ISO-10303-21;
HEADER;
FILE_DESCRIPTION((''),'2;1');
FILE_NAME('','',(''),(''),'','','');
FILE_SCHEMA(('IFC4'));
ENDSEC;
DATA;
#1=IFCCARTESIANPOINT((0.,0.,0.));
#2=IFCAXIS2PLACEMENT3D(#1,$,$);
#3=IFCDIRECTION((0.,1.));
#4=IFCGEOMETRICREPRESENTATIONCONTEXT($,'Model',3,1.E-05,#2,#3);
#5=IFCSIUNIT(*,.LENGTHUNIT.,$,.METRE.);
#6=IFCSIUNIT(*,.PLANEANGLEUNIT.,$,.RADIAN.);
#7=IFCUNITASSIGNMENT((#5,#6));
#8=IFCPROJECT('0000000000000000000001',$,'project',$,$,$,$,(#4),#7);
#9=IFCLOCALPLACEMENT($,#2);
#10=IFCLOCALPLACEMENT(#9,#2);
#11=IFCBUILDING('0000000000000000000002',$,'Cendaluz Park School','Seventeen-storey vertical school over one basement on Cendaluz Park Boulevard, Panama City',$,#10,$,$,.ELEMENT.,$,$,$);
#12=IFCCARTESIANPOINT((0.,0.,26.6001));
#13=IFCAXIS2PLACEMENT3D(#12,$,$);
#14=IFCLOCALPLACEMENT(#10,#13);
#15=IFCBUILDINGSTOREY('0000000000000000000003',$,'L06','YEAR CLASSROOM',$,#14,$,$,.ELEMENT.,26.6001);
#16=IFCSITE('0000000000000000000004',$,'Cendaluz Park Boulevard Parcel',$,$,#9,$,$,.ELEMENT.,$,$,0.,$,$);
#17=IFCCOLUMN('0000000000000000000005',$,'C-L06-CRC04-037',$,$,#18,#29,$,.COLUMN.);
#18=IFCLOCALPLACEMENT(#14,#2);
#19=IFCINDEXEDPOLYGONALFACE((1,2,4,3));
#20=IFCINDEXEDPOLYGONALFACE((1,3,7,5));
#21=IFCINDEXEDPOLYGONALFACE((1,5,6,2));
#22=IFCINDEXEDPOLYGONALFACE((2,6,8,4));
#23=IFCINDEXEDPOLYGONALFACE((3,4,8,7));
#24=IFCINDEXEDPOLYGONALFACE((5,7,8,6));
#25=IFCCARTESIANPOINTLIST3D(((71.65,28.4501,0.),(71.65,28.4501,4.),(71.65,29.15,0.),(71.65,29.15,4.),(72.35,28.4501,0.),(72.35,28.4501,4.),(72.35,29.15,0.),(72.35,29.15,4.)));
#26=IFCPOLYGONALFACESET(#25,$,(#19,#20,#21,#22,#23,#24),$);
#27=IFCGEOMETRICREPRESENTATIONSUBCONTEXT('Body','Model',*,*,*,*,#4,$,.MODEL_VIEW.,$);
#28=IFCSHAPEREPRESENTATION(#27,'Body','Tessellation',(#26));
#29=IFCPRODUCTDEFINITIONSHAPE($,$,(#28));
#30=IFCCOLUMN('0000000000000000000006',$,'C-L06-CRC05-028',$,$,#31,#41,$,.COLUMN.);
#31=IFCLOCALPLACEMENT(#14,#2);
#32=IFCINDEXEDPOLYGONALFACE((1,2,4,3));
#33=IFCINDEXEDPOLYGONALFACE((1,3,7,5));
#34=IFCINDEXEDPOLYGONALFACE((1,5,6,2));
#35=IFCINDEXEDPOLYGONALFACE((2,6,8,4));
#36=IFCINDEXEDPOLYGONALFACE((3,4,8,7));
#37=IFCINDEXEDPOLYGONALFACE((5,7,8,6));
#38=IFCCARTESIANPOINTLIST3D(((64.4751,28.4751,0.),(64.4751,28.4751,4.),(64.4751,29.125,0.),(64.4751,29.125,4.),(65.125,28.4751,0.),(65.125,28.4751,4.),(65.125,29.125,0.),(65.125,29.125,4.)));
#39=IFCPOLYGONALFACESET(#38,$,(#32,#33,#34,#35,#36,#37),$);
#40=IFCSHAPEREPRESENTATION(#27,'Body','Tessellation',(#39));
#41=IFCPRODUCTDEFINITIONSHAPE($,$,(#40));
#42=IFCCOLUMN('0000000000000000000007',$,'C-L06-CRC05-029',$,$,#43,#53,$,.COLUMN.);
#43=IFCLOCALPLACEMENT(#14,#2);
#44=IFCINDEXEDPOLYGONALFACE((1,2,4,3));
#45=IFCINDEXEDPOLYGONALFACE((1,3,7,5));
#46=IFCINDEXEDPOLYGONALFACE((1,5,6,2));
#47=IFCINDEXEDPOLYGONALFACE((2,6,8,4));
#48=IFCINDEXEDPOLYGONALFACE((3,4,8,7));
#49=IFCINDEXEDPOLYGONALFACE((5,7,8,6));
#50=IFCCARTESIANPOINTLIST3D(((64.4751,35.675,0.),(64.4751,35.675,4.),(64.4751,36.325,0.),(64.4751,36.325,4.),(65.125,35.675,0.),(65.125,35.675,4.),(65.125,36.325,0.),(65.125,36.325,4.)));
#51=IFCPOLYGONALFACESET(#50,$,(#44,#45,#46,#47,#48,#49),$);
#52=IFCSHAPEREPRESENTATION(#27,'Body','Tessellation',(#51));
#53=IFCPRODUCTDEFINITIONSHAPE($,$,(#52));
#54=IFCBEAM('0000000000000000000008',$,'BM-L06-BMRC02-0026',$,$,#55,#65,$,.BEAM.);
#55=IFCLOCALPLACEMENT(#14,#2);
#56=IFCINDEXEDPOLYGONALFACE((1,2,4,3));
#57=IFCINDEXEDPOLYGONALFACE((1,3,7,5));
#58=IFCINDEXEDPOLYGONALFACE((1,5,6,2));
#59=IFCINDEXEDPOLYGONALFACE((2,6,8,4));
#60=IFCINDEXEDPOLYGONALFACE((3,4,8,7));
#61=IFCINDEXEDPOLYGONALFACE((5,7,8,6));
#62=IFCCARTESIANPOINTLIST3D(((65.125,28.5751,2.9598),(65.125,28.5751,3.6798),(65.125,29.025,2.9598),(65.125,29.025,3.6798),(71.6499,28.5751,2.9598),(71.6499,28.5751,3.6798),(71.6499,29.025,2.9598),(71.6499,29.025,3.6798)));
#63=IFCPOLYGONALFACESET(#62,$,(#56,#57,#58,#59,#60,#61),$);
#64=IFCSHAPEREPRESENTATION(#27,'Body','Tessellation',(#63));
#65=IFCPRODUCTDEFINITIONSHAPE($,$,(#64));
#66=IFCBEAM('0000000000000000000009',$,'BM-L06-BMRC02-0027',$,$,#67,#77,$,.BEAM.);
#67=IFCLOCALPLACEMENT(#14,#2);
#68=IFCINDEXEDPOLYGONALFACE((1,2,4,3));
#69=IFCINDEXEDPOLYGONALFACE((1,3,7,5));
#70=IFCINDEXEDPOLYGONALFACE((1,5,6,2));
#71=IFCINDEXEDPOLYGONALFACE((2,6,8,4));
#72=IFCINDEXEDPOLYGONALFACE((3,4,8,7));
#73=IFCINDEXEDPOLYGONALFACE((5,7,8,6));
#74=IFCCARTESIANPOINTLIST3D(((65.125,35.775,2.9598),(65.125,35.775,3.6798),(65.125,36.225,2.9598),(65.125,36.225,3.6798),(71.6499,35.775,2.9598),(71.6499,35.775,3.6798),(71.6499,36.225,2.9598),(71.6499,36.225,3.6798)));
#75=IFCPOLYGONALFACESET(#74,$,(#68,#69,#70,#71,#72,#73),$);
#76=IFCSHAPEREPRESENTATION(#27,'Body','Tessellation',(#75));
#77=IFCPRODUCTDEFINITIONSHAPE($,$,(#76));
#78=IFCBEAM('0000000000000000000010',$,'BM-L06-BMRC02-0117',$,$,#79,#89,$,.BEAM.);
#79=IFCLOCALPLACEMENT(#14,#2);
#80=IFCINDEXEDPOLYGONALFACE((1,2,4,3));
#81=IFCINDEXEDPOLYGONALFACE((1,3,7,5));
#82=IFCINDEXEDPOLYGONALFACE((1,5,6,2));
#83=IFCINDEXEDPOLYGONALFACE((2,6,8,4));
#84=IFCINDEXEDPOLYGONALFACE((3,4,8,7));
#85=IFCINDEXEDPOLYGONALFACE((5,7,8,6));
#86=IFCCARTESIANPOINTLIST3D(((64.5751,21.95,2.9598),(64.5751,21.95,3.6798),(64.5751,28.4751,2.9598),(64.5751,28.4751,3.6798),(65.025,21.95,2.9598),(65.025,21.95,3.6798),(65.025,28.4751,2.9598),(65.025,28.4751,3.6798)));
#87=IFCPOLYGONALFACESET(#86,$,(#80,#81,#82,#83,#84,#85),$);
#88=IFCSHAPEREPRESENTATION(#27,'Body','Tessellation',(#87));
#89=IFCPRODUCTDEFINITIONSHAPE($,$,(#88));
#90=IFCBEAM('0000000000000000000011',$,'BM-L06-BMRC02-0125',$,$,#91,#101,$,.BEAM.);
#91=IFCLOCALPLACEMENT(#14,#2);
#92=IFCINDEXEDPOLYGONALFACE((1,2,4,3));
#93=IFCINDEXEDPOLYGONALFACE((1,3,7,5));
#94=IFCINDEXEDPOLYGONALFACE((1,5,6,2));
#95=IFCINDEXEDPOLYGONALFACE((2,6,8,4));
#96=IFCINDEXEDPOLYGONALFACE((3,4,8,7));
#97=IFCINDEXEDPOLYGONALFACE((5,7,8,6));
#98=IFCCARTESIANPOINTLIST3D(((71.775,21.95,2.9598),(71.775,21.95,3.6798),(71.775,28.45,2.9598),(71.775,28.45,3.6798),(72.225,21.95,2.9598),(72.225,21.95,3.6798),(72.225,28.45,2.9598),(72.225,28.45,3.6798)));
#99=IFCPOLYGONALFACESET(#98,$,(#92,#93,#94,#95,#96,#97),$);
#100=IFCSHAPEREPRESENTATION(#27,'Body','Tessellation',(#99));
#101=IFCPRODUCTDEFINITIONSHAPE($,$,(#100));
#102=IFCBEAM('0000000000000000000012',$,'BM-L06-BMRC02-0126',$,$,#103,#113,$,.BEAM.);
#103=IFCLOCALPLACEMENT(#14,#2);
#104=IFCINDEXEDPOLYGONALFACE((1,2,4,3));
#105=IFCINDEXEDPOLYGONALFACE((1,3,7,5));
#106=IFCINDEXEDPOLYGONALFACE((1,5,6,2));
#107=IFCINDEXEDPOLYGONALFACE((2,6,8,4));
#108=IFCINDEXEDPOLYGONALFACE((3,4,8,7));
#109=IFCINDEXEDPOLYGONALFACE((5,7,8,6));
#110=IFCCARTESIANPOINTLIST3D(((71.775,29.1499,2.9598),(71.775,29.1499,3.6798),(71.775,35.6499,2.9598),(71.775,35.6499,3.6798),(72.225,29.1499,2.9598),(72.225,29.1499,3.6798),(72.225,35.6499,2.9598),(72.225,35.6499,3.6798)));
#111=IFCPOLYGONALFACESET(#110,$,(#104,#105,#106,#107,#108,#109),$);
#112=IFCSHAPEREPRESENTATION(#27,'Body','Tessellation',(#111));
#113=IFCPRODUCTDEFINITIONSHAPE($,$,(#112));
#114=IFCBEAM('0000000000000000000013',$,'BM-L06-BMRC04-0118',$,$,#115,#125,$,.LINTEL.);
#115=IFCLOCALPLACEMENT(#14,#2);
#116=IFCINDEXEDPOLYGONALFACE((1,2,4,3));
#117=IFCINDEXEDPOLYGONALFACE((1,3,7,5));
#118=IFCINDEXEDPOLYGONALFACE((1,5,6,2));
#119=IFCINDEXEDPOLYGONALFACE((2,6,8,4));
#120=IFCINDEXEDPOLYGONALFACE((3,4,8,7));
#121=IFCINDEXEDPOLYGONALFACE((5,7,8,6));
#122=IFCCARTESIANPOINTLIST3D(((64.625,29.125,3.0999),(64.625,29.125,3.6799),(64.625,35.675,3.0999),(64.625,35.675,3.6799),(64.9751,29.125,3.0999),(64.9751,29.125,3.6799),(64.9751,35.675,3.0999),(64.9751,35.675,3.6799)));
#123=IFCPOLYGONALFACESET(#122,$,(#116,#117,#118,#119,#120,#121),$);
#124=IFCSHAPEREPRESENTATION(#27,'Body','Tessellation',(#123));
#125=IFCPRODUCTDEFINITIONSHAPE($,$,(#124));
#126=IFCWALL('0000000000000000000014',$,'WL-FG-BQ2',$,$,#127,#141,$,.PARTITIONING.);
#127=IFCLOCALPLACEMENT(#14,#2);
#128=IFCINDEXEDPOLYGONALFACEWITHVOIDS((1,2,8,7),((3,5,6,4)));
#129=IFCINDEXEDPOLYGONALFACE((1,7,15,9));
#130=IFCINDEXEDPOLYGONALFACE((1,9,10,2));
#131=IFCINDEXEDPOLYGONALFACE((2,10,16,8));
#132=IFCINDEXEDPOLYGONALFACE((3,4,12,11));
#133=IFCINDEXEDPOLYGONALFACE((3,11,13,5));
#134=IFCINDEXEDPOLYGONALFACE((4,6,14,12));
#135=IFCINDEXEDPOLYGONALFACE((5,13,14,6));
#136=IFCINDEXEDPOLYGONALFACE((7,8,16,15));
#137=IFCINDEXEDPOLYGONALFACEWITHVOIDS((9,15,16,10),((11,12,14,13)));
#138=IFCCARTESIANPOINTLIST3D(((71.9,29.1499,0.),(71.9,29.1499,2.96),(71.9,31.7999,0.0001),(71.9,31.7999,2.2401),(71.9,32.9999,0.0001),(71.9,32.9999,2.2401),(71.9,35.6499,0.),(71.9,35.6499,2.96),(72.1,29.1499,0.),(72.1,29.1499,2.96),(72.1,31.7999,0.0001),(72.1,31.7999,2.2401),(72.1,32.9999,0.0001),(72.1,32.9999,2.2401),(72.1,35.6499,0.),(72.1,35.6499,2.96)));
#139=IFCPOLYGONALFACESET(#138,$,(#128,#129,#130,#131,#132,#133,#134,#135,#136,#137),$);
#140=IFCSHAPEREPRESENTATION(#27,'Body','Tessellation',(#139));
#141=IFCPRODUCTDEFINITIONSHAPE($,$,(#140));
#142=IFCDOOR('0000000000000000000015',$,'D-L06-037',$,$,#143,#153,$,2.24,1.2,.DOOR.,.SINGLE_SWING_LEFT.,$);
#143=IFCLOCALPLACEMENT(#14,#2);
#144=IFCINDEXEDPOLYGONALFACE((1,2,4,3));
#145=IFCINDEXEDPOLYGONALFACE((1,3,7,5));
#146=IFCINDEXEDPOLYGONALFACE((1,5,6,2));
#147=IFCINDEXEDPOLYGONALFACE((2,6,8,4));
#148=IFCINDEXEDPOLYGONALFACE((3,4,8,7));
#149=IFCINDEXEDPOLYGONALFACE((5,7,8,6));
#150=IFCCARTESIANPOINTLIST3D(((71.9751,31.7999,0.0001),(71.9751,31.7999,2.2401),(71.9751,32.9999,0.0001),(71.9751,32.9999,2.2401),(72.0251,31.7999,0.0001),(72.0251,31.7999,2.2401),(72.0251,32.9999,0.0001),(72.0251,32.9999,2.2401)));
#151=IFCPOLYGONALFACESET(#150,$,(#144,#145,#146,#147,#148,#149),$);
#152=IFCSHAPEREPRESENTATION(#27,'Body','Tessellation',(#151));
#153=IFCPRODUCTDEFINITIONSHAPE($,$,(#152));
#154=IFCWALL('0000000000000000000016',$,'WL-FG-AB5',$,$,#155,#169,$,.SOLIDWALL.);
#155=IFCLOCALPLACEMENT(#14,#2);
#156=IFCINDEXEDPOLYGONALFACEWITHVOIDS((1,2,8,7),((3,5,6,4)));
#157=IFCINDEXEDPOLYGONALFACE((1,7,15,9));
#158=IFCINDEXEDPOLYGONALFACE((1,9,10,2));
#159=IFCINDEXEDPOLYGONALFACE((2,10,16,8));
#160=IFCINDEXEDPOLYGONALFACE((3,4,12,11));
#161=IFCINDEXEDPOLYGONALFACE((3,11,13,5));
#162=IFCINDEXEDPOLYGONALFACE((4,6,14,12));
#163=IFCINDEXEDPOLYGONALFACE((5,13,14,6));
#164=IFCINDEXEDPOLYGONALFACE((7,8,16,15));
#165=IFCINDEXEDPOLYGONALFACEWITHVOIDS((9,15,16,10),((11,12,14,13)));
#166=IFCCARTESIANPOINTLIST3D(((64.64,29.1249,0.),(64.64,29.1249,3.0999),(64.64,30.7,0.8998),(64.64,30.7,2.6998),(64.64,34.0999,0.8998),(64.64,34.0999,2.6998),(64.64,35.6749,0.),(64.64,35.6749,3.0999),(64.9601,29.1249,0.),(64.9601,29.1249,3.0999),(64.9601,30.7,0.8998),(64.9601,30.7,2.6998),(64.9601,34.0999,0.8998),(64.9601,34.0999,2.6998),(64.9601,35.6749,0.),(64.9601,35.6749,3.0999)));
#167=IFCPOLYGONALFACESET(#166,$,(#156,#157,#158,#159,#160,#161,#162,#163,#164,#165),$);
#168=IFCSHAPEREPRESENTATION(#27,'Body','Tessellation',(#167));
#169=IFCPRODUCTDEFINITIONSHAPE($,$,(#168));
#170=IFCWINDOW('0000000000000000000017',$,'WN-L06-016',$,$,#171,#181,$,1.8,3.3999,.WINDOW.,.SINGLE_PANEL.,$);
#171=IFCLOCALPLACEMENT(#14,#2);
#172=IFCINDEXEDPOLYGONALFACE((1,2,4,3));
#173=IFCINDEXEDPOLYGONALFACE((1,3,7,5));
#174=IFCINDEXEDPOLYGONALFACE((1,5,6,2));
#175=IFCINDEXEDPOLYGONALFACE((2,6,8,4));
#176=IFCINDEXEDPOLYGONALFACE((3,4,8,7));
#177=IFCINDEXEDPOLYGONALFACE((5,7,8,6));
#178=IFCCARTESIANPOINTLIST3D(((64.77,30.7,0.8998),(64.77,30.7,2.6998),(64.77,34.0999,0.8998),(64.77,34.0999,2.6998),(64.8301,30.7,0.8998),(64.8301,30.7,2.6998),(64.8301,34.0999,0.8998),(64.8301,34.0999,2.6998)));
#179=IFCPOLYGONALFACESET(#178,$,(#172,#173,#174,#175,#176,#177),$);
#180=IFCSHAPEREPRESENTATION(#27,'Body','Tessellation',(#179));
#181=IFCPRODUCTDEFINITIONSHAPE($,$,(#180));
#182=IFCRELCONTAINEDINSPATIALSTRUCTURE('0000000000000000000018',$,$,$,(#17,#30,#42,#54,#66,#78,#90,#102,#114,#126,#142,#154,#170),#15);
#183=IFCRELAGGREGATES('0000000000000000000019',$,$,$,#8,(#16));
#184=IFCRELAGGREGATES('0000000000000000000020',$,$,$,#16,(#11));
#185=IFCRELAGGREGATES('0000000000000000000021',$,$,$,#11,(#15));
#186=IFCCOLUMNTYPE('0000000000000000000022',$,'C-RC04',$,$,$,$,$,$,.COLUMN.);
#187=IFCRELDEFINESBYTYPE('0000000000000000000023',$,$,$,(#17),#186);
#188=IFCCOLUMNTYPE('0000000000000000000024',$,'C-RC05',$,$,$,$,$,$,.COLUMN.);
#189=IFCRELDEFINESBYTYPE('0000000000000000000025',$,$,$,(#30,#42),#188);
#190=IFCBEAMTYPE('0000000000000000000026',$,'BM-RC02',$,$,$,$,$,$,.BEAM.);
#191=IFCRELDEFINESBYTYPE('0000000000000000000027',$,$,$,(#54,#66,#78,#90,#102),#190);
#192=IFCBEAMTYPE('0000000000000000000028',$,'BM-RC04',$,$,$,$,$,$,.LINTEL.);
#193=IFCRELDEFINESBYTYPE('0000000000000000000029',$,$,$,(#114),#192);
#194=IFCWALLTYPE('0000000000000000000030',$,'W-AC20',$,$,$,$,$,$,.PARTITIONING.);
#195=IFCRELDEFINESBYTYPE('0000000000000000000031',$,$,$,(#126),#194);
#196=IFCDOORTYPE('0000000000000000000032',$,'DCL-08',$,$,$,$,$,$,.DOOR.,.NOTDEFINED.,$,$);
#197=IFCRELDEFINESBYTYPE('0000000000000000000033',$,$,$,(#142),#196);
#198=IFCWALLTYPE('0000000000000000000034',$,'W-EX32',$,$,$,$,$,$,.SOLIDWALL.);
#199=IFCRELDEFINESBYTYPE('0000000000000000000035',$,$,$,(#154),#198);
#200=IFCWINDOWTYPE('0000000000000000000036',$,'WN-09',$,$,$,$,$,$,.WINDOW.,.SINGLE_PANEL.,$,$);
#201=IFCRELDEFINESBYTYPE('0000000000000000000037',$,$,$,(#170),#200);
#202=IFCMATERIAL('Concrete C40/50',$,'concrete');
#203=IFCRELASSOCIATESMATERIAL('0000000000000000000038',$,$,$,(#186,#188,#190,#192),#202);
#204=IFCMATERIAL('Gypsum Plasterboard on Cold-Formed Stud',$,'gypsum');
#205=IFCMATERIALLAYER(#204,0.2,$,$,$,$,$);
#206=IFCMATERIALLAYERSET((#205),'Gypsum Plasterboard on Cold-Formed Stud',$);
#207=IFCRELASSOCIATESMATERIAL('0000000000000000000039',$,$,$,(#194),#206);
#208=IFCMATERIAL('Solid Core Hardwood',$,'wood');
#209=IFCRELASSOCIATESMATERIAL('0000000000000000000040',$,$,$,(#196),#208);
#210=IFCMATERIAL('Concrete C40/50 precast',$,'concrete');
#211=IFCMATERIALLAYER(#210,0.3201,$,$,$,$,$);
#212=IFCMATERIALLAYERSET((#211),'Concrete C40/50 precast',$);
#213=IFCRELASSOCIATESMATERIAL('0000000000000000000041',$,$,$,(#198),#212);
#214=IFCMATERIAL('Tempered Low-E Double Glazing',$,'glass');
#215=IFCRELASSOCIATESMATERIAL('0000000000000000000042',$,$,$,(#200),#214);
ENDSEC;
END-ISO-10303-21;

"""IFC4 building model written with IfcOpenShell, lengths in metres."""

from ifc_helpers import new_model, si_unit, direction, frame, frame_2d, origin, origin_2d, place, context, subcontext, project, spatial, rectangle, extrude, material, layer, layer_set, material_profile, profile_set, type_object, element, fill, save


model = new_model("IFC4")

# Units and contexts
model_context = context("Model", 3, precision=1e-05, world=origin(), true_north=direction((0.0, 1.0)))
body_context = subcontext(model_context, "Body", "Model", "MODEL_VIEW")
ifc_project = project(units=[si_unit("LENGTHUNIT", "METRE"), si_unit("PLANEANGLEUNIT", "RADIAN")], contexts=[model_context])

# Site, building, storey
site_placement = place(None, origin())
site = spatial("IfcSite", under=ifc_project, at=site_placement, Name="Cendaluz Park Boulevard Parcel", CompositionType="ELEMENT", RefElevation=0.0)
building_placement = place(site_placement, origin())
building = spatial("IfcBuilding", under=site, at=building_placement, Name="Cendaluz Park School", Description="Seventeen-storey vertical school over one basement on Cendaluz Park Boulevard, Panama City", CompositionType="ELEMENT")
storey_placement = place(building_placement, frame((0.0, 0.0, 26.6001)))
storey = spatial("IfcBuildingStorey", under=building, at=storey_placement, Name="L06", Description="YEAR CLASSROOM", CompositionType="ELEMENT", Elevation=26.6001)

# Columns
ifc_material_1 = material(Name="Concrete C40/50", Category="concrete")
ifc_material_profile_1 = material_profile(ifc_material_1, rectangle(XDim=0.7, YDim=0.7, at=origin_2d()), Name="RC 700x700", Category="concrete")
ifc_profile_set_1 = profile_set([ifc_material_profile_1], Name="Concrete C40/50")
column_type_1 = type_object("IfcColumnType", Name="C-RC04", PredefinedType="COLUMN", material=ifc_profile_set_1)
column_placement = place(storey_placement, frame((72.0, 28.8, 0.0), z_axis=(0.0, 0.0, 1.0), x_axis=(1.0, 0.0, 0.0)))
element("IfcColumn", 1, at=column_placement, inside=storey, type_object=column_type_1, Name="C-L06-CRC04-037", PredefinedType="COLUMN", context=body_context, shape_type="SweptSolid", body=[
    extrude(rectangle(XDim=0.7, YDim=0.7, at=origin_2d()), origin(), (0.0, 0.0, 1.0), 4.0),
])
ifc_material_profile_2 = material_profile(ifc_material_1, rectangle(XDim=0.6499, YDim=0.6499, at=origin_2d()), Name="RC 650x650", Category="concrete")
ifc_profile_set_2 = profile_set([ifc_material_profile_2], Name="Concrete C40/50")
column_type_2 = type_object("IfcColumnType", Name="C-RC05", PredefinedType="COLUMN", material=ifc_profile_set_2)
for number, where, z_axis, x_axis, name in (
    (2, (64.8, 28.8, 0.0), (0.0, 0.0, 1.0), (1.0, 0.0, 0.0), "C-L06-CRC05-028"),
    (3, (64.8, 36.0, 0.0), (0.0, 0.0, 1.0), (1.0, 0.0, 0.0), "C-L06-CRC05-029"),
):
    element("IfcColumn", number, at=place(storey_placement, frame(where, z_axis=z_axis, x_axis=x_axis)), inside=storey, type_object=column_type_2, Name=name, PredefinedType="COLUMN", context=body_context, shape_type="SweptSolid", body=[
        extrude(rectangle(XDim=0.6499, YDim=0.6499, at=origin_2d()), origin(), (0.0, 0.0, 1.0), 4.0),
    ])

# Beams
ifc_material_profile_3 = material_profile(ifc_material_1, rectangle(XDim=0.45, YDim=0.72, at=origin_2d()), Name="RC 450x720", Category="concrete")
ifc_profile_set_3 = profile_set([ifc_material_profile_3], Name="Concrete C40/50")
beam_type_1 = type_object("IfcBeamType", Name="BM-RC02", PredefinedType="BEAM", material=ifc_profile_set_3)
for number, where, z_axis, x_axis, name in (
    (4, (65.125, 28.8, 3.3198), (1.0, 0.0, 0.0), (0.0, 1.0, 0.0), "BM-L06-BMRC02-0026"),
    (5, (65.125, 36.0, 3.3198), (1.0, 0.0, 0.0), (0.0, 1.0, 0.0), "BM-L06-BMRC02-0027"),
):
    element("IfcBeam", number, at=place(storey_placement, frame(where, z_axis=z_axis, x_axis=x_axis)), inside=storey, type_object=beam_type_1, Name=name, PredefinedType="BEAM", context=body_context, shape_type="SweptSolid", body=[
        extrude(rectangle(XDim=0.45, YDim=0.72, at=origin_2d()), origin(), (0.0, 0.0, 1.0), 6.5249),
    ])
beam_1_placement = place(storey_placement, frame((64.8, 21.95, 3.3198), z_axis=(0.0, 1.0, 0.0), x_axis=(-1.0, 0.0, 0.0)))
element("IfcBeam", 6, at=beam_1_placement, inside=storey, type_object=beam_type_1, Name="BM-L06-BMRC02-0117", PredefinedType="BEAM", context=body_context, shape_type="SweptSolid", body=[
    extrude(rectangle(XDim=0.45, YDim=0.72, at=origin_2d()), origin(), (0.0, 0.0, 1.0), 6.5251),
])
for number, where, z_axis, x_axis, name in (
    (7, (72.0, 21.95, 3.3198), (0.0, 1.0, 0.0), (-1.0, 0.0, 0.0), "BM-L06-BMRC02-0125"),
    (8, (72.0, 29.1499, 3.3198), (0.0, 1.0, 0.0), (-1.0, 0.0, 0.0), "BM-L06-BMRC02-0126"),
):
    element("IfcBeam", number, at=place(storey_placement, frame(where, z_axis=z_axis, x_axis=x_axis)), inside=storey, type_object=beam_type_1, Name=name, PredefinedType="BEAM", context=body_context, shape_type="SweptSolid", body=[
        extrude(rectangle(XDim=0.45, YDim=0.72, at=origin_2d()), origin(), (0.0, 0.0, 1.0), 6.5),
    ])
ifc_material_profile_4 = material_profile(ifc_material_1, rectangle(XDim=0.3501, YDim=0.5801, at=origin_2d()), Name="RC 350x580", Category="concrete")
ifc_profile_set_4 = profile_set([ifc_material_profile_4], Name="Concrete C40/50")
beam_type_2 = type_object("IfcBeamType", Name="BM-RC04", PredefinedType="LINTEL", material=ifc_profile_set_4)
beam_2_placement = place(storey_placement, frame((64.8, 29.125, 3.3899), z_axis=(0.0, 1.0, 0.0), x_axis=(-1.0, 0.0, 0.0)))
element("IfcBeam", 9, at=beam_2_placement, inside=storey, type_object=beam_type_2, Name="BM-L06-BMRC04-0118", PredefinedType="LINTEL", context=body_context, shape_type="SweptSolid", body=[
    extrude(rectangle(XDim=0.3501, YDim=0.5801, at=origin_2d()), origin(), (0.0, 0.0, 1.0), 6.55),
])

# Wall, opening, door
ifc_material_2 = material(Name="Gypsum Plasterboard on Cold-Formed Stud", Category="gypsum")
ifc_layer_1 = layer(ifc_material_2, 0.2)
ifc_layer_set_1 = layer_set([ifc_layer_1], Name="Gypsum Plasterboard on Cold-Formed Stud")
wall_type_1 = type_object("IfcWallType", Name="W-AC20", PredefinedType="PARTITIONING", material=ifc_layer_set_1)
wall_1_placement = place(storey_placement, frame((72.0, 29.1499, 0.0), z_axis=(0.0, 0.0, 1.0), x_axis=(0.0, 1.0, 0.0)))
wall_1 = element("IfcWall", 10, at=wall_1_placement, inside=storey, type_object=wall_type_1, Name="WL-FG-BQ2", PredefinedType="PARTITIONING", context=body_context, shape_type="SweptSolid", body=[
    extrude(rectangle(XDim=6.5, YDim=0.2, at=frame_2d((3.25, 0.0))), origin(), (0.0, 0.0, 1.0), 2.96),
])
opening_1_placement = place(wall_1_placement, frame((2.6499, 0.0, 0.0)))
opening_1 = element("IfcOpeningElement", 11, at=opening_1_placement, cuts=wall_1, PredefinedType="OPENING", context=body_context, shape_type="SweptSolid", body=[
    extrude(rectangle(XDim=1.2, YDim=2.24, at=frame_2d((0.6001, 1.1201))), frame((0.0, 0.1121, 0.0), z_axis=(0.0, -1.0, 0.0), x_axis=(1.0, 0.0, 0.0)), (0.0, 0.0, 1.0), 0.2239),
])
ifc_material_3 = material(Name="Solid Core Hardwood", Category="wood")
door_type_1 = type_object("IfcDoorType", Name="DCL-08", OperationType="NOTDEFINED", PredefinedType="DOOR", material=ifc_material_3)
door_1_placement = place(opening_1_placement, origin())
door_1 = element("IfcDoor", 12, at=door_1_placement, inside=storey, type_object=door_type_1, Name="D-L06-037", OperationType="SINGLE_SWING_LEFT", OverallHeight=2.24, OverallWidth=1.2, PredefinedType="DOOR", context=body_context, shape_type="SweptSolid", body=[
    extrude(rectangle(XDim=1.2, YDim=2.24, at=frame_2d((0.6001, 1.1201))), frame((0.0, 0.0249, 0.0), z_axis=(0.0, -1.0, 0.0), x_axis=(1.0, 0.0, 0.0)), (0.0, 0.0, 1.0), 0.05),
])
fill(opening_1, door_1)

# Wall, opening, window
ifc_material_4 = material(Name="Concrete C40/50 precast", Category="concrete")
ifc_layer_2 = layer(ifc_material_4, 0.3201)
ifc_layer_set_2 = layer_set([ifc_layer_2], Name="Concrete C40/50 precast")
wall_type_2 = type_object("IfcWallType", Name="W-EX32", PredefinedType="SOLIDWALL", material=ifc_layer_set_2)
wall_2_placement = place(storey_placement, frame((64.8, 29.125, 0.0), z_axis=(0.0, 0.0, 1.0), x_axis=(0.0, 1.0, 0.0)))
wall_2 = element("IfcWall", 13, at=wall_2_placement, inside=storey, type_object=wall_type_2, Name="WL-FG-AB5", PredefinedType="SOLIDWALL", context=body_context, shape_type="SweptSolid", body=[
    extrude(rectangle(XDim=6.55, YDim=0.3201, at=frame_2d((3.2749, 0.0))), origin(), (0.0, 0.0, 1.0), 3.0999),
])
opening_2_placement = place(wall_2_placement, frame((1.575, 0.0, 0.8999)))
opening_2 = element("IfcOpeningElement", 14, at=opening_2_placement, cuts=wall_2, PredefinedType="OPENING", context=body_context, shape_type="SweptSolid", body=[
    extrude(rectangle(XDim=3.3999, YDim=1.8, at=frame_2d((1.7, 0.8999))), frame((0.0, 0.1721, 0.0), z_axis=(0.0, -1.0, 0.0), x_axis=(1.0, 0.0, 0.0)), (0.0, 0.0, 1.0), 0.344),
])
ifc_material_5 = material(Name="Tempered Low-E Double Glazing", Category="glass")
window_type = type_object("IfcWindowType", Name="WN-09", PartitioningType="SINGLE_PANEL", PredefinedType="WINDOW", material=ifc_material_5)
window_placement = place(opening_2_placement, origin())
window = element("IfcWindow", 15, at=window_placement, inside=storey, type_object=window_type, Name="WN-L06-016", OverallHeight=1.8, OverallWidth=3.3999, PartitioningType="SINGLE_PANEL", PredefinedType="WINDOW", context=body_context, shape_type="SweptSolid", body=[
    extrude(rectangle(XDim=3.3999, YDim=1.8, at=frame_2d((1.7, 0.8999))), frame((0.0, 0.03, 0.0), z_axis=(0.0, -1.0, 0.0), x_axis=(1.0, 0.0, 0.0)), (0.0, 0.0, 1.0), 0.0601),
])
fill(opening_2, window)

save(model, "model.ifc")
